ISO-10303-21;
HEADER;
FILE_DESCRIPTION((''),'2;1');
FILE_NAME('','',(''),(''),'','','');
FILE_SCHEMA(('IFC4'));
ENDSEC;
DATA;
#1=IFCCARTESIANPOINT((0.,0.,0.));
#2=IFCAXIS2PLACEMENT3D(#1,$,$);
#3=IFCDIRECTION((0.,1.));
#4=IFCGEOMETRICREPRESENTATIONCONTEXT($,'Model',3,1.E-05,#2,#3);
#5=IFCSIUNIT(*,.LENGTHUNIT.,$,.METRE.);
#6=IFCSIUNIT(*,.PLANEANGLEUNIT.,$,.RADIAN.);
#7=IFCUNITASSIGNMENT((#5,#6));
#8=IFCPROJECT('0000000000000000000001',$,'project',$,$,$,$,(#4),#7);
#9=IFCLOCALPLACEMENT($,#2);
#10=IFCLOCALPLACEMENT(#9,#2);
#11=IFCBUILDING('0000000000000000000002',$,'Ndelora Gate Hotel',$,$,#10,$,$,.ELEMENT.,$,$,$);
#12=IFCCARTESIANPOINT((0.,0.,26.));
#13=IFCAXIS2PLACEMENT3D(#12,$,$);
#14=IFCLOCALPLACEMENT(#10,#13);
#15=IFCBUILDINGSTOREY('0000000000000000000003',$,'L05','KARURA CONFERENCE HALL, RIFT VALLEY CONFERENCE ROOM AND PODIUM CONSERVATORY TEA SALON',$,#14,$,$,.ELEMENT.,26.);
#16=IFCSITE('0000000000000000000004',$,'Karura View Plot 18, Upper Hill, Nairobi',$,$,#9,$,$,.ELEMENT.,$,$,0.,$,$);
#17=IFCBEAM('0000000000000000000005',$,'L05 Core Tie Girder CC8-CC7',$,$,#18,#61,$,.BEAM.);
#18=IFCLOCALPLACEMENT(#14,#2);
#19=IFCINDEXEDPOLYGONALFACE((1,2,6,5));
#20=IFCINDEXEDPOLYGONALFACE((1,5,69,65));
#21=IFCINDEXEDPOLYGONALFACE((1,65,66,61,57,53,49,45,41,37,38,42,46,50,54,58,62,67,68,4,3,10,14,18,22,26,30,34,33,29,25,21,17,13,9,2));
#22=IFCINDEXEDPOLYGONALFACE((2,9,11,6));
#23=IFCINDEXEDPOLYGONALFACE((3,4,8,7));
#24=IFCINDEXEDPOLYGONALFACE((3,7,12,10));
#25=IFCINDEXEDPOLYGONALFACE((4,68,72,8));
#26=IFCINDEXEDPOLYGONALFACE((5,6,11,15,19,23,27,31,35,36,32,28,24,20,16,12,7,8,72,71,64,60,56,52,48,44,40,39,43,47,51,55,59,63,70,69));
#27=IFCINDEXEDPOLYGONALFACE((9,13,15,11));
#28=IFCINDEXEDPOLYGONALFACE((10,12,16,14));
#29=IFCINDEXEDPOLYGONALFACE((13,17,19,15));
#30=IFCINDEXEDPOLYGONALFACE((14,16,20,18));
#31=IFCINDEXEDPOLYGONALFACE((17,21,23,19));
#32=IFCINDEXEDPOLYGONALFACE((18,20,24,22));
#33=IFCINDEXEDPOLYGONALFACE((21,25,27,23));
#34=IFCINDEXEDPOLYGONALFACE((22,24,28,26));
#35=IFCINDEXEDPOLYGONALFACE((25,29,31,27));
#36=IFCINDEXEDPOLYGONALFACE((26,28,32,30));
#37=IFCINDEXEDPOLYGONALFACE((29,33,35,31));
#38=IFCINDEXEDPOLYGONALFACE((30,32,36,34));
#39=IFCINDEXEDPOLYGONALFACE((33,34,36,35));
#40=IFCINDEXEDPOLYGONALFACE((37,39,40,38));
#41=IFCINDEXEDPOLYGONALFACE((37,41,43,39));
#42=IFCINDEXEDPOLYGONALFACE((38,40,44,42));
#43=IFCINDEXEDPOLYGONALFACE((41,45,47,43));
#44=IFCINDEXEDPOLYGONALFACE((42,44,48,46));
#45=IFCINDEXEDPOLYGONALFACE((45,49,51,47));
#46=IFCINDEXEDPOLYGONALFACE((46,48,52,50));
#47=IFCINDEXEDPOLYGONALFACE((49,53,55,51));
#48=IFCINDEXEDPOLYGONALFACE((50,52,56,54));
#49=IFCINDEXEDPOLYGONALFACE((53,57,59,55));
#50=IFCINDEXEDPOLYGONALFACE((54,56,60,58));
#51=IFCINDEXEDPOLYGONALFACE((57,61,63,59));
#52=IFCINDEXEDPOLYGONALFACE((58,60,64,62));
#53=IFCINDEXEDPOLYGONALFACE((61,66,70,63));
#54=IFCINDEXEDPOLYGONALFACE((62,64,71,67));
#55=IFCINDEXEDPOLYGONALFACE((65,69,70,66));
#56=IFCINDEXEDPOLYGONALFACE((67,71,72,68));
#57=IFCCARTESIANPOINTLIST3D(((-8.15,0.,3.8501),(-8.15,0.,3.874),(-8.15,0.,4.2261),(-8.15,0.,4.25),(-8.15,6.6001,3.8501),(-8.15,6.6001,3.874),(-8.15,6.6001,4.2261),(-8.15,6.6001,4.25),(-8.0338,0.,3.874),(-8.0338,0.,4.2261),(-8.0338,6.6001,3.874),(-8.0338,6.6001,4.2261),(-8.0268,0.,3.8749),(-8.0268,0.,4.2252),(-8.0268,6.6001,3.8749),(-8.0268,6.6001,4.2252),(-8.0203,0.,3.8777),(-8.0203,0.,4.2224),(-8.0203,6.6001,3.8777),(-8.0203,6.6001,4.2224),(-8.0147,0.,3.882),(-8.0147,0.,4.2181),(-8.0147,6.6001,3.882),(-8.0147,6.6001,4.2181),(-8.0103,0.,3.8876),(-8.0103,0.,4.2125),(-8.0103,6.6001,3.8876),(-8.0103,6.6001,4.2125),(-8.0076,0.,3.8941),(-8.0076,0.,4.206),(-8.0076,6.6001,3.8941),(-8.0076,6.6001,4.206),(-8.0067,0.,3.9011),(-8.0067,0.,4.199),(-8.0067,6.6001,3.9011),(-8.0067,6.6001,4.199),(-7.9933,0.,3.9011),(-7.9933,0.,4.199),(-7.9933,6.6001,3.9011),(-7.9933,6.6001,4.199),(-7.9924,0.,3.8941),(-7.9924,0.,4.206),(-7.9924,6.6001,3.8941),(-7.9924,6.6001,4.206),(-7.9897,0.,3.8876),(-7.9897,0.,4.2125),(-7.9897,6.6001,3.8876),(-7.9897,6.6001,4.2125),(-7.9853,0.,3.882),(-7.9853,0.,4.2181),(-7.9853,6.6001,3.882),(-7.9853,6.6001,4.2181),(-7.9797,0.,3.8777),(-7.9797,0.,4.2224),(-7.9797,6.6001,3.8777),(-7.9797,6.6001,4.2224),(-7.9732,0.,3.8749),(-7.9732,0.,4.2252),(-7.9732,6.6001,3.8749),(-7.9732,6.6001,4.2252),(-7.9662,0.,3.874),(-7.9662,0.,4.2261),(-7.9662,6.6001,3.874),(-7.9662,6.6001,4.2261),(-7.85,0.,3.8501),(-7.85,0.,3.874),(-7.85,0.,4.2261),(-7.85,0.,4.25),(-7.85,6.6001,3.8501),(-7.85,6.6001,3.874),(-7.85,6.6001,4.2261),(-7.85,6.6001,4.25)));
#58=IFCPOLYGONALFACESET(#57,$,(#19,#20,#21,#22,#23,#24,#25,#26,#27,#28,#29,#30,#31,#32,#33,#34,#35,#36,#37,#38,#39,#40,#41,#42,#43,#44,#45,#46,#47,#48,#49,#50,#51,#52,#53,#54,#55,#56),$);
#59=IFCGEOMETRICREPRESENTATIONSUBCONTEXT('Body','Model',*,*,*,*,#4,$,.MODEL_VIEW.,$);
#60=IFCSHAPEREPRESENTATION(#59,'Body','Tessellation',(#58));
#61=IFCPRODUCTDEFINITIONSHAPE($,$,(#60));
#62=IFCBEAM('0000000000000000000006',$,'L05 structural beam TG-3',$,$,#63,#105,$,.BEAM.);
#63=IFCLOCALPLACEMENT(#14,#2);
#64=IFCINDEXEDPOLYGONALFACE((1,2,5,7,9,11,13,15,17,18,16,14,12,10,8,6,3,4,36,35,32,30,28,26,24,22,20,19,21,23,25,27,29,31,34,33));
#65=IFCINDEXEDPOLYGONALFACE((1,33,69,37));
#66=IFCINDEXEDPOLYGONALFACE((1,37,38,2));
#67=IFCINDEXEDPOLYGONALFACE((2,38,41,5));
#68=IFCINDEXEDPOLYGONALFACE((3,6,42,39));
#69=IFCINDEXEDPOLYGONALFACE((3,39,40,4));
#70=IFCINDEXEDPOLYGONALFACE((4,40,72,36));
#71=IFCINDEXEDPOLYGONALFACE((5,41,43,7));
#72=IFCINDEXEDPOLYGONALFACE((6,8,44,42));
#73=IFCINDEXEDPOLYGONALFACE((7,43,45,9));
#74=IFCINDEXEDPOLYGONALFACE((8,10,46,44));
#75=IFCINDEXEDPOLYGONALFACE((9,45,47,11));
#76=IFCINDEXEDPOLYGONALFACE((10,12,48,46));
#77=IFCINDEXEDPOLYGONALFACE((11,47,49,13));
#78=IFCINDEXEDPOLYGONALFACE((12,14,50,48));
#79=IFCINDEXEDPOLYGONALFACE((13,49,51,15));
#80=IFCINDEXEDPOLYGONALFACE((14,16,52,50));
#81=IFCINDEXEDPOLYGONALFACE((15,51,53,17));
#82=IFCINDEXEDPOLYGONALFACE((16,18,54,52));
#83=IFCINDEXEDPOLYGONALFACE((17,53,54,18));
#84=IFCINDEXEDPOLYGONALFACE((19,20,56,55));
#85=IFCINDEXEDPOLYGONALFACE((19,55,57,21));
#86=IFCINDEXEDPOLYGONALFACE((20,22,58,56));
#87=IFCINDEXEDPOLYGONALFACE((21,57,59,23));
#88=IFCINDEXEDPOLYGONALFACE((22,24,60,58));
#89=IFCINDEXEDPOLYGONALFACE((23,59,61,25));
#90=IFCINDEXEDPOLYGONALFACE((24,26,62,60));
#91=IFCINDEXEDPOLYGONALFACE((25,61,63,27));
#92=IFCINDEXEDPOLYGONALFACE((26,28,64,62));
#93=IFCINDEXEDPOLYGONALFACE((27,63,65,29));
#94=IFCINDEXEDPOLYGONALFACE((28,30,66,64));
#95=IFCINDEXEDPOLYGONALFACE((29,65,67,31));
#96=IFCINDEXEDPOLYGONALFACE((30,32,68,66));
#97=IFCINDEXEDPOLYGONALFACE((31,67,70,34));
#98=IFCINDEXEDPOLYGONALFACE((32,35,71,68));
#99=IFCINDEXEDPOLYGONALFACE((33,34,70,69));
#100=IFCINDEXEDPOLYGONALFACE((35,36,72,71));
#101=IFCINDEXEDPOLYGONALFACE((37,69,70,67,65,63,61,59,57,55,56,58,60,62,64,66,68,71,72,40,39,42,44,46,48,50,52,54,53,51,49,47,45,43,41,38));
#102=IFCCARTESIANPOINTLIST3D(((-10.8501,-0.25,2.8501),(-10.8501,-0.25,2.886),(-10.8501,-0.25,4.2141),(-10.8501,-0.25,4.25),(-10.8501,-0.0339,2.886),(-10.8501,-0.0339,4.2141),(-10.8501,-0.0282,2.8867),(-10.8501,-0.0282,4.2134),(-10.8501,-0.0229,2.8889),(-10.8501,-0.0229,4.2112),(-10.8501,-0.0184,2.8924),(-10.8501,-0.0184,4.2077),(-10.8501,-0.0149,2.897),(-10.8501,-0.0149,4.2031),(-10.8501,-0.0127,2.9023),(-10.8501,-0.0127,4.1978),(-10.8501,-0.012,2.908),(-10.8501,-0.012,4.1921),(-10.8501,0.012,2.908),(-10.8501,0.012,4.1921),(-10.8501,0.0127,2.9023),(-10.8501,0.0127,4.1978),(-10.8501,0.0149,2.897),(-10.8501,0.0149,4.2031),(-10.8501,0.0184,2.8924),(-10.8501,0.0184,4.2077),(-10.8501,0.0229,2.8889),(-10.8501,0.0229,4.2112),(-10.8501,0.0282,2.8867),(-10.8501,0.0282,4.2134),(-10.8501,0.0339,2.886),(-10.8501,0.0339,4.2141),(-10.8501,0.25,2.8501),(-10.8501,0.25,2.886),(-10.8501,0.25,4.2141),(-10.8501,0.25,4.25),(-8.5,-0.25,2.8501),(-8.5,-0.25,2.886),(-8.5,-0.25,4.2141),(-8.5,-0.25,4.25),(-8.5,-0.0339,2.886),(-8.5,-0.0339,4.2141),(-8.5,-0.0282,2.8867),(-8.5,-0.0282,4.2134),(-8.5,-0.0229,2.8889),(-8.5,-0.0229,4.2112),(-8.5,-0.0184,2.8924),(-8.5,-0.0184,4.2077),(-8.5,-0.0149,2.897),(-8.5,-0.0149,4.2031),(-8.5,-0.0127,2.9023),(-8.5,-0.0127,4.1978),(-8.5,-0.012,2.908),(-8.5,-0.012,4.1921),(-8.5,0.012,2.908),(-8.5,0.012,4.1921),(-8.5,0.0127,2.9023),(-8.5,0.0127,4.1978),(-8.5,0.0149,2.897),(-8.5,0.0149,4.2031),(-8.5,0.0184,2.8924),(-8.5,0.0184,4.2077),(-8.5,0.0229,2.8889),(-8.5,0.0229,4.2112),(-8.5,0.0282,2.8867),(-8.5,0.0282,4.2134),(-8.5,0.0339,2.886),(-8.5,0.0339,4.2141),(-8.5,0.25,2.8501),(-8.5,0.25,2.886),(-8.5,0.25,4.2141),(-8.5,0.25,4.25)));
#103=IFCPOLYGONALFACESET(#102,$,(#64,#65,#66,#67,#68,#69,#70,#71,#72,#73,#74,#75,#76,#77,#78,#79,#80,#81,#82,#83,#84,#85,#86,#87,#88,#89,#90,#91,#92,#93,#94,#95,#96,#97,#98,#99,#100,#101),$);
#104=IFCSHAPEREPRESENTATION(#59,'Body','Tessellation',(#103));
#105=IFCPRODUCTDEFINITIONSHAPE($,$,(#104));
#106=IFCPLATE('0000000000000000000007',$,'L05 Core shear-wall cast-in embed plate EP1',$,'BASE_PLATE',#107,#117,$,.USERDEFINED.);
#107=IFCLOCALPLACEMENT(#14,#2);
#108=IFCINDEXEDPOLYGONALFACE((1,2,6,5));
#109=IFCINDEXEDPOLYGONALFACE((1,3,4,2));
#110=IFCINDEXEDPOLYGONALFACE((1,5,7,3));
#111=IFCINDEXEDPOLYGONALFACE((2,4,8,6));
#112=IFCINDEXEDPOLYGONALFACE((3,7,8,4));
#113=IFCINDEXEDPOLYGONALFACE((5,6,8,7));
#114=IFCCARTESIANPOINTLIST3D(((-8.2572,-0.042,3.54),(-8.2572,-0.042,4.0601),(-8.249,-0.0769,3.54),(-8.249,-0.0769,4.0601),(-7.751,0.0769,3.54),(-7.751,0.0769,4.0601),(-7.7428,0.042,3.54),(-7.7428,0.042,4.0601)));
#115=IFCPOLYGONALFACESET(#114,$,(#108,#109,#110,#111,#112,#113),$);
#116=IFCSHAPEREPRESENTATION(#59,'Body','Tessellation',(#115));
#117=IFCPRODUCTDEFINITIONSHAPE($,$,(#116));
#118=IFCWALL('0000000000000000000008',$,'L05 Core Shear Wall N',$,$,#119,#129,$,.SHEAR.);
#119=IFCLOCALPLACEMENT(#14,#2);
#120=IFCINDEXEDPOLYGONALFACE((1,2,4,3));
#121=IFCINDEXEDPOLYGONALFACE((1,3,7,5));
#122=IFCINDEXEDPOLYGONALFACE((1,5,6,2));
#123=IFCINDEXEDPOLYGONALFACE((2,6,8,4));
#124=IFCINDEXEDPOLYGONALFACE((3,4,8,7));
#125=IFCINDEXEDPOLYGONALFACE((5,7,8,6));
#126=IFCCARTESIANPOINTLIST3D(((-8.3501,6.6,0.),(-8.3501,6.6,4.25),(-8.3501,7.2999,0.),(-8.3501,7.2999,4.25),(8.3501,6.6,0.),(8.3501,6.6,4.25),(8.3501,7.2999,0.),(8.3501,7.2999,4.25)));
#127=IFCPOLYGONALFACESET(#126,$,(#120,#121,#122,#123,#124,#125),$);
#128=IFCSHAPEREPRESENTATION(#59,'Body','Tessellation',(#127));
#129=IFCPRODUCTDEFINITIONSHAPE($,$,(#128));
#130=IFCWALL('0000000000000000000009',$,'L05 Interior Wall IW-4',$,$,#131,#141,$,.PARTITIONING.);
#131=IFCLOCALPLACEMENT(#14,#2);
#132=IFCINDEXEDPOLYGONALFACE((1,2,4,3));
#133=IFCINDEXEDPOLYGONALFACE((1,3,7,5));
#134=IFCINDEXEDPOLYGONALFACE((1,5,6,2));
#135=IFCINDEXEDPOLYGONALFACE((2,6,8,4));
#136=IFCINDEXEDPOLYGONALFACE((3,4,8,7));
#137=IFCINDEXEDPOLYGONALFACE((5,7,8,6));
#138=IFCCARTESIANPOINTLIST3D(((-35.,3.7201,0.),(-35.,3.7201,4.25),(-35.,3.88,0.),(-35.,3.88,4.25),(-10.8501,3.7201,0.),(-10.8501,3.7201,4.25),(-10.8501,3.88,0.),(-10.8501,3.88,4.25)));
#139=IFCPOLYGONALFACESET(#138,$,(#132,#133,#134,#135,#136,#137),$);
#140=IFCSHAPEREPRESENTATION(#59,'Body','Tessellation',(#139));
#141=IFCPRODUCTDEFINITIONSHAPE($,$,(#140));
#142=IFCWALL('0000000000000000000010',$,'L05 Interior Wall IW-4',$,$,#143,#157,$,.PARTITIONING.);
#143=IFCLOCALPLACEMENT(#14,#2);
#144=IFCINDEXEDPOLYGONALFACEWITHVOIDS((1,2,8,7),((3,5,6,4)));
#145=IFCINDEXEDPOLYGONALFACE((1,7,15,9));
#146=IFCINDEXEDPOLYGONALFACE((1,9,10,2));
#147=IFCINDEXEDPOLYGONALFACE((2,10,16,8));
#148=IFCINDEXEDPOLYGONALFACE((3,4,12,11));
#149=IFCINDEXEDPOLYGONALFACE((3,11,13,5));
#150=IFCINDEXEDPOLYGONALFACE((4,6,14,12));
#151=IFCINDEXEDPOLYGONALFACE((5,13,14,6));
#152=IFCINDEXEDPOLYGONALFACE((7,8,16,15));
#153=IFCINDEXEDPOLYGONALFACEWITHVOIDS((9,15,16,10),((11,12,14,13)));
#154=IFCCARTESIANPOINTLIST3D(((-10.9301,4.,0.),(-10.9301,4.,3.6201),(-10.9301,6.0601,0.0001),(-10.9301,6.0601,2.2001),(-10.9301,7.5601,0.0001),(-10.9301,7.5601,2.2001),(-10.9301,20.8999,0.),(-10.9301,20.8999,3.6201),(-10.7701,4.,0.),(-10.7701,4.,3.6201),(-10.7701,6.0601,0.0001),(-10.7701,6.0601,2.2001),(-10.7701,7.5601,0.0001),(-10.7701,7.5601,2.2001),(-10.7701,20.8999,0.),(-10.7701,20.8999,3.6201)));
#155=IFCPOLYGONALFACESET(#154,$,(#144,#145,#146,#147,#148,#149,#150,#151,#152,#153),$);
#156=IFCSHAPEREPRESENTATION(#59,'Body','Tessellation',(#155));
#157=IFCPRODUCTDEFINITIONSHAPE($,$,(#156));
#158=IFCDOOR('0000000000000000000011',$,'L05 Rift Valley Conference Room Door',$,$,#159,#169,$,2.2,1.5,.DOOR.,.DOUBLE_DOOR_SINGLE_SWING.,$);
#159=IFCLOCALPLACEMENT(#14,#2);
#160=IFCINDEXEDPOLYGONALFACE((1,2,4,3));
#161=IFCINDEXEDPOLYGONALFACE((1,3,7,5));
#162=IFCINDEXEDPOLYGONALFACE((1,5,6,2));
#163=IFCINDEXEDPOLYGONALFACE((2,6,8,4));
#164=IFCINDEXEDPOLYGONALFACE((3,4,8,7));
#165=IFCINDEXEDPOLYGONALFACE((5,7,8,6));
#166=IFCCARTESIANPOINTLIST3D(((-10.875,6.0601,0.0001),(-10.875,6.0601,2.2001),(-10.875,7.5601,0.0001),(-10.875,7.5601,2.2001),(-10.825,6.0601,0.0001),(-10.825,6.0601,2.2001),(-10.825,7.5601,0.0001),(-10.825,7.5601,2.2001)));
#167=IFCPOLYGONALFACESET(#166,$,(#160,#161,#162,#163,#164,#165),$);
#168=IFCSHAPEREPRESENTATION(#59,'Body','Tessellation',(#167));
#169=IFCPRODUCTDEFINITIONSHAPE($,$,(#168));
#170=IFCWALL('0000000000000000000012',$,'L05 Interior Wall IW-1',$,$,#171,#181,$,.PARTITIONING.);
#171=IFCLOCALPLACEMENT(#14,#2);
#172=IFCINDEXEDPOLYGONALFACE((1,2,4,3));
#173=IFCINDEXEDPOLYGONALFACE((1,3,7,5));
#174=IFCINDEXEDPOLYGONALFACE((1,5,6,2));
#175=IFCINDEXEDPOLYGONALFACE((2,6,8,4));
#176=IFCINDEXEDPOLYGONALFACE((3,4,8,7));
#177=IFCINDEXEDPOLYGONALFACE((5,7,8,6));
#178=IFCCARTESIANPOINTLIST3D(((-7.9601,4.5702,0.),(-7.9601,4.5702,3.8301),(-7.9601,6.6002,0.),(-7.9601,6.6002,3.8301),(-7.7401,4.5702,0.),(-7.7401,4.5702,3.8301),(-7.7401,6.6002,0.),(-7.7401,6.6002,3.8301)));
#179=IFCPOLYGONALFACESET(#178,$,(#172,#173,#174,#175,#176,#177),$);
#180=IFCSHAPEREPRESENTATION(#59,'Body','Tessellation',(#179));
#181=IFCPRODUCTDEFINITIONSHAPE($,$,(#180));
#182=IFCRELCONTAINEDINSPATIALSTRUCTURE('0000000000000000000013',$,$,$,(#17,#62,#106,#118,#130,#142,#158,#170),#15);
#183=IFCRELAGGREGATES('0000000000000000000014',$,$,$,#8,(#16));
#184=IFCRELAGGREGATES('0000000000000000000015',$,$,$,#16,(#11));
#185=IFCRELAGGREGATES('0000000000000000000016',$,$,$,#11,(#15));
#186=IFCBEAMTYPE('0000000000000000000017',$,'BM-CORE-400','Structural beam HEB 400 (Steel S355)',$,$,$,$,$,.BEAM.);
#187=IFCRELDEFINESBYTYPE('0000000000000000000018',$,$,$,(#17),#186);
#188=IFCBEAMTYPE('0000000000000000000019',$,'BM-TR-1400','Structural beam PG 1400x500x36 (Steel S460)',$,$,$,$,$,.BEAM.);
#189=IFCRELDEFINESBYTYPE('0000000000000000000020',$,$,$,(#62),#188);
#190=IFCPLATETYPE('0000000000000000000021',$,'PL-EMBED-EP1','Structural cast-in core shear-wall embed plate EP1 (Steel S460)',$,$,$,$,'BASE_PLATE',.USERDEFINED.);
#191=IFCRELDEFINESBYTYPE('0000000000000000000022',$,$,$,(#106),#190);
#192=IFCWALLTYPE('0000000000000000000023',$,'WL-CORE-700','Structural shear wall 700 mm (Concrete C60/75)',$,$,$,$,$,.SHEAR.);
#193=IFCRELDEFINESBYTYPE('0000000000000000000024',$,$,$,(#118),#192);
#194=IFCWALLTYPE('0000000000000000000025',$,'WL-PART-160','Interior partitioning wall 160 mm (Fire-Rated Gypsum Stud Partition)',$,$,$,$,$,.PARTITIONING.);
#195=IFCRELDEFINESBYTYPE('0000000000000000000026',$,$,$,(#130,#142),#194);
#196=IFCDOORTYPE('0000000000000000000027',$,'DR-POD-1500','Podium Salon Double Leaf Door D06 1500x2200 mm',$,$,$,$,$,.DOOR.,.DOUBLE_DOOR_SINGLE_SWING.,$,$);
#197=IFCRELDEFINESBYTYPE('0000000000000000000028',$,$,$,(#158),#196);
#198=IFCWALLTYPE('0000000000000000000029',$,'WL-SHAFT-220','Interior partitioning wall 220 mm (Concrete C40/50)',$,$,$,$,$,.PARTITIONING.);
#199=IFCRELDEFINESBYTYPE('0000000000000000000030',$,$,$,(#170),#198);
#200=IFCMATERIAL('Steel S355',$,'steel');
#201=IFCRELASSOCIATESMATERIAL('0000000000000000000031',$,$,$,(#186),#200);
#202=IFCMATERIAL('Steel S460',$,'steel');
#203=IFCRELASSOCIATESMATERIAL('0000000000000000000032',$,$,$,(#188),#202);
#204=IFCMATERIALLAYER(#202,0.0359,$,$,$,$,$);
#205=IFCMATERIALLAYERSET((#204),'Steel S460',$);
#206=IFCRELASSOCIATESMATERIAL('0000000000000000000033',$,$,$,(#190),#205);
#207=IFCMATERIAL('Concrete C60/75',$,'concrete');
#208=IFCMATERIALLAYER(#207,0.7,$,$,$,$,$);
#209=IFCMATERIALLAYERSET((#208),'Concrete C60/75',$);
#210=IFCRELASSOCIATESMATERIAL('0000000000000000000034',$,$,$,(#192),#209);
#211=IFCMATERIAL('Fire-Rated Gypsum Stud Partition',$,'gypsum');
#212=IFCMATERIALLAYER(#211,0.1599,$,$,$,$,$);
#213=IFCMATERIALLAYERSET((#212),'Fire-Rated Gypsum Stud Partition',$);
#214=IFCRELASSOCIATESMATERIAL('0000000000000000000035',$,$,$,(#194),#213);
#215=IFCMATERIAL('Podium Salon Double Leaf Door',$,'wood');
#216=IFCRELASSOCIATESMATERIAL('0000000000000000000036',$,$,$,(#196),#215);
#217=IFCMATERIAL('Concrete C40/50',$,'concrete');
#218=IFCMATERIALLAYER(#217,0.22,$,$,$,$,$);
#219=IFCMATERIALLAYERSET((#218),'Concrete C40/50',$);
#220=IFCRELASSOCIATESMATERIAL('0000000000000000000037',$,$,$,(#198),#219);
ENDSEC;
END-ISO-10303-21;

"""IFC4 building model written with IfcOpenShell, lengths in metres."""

from ifc_helpers import new_model, si_unit, direction, frame, frame_2d, origin, origin_2d, place, context, subcontext, project, spatial, rectangle, i_section, extrude, material, layer, layer_set, material_profile, profile_set, type_object, element, fill, save


model = new_model("IFC4")

# Units and contexts
model_context = context("Model", 3, precision=1e-05, world=origin(), true_north=direction((0.0, 1.0)))
body_context = subcontext(model_context, "Body", "Model", "MODEL_VIEW")
ifc_project = project(units=[si_unit("LENGTHUNIT", "METRE"), si_unit("PLANEANGLEUNIT", "RADIAN")], contexts=[model_context])

# Site, building, storey
site_placement = place(None, origin())
site = spatial("IfcSite", under=ifc_project, at=site_placement, Name="Karura View Plot 18, Upper Hill, Nairobi", CompositionType="ELEMENT", RefElevation=0.0)
building_placement = place(site_placement, origin())
building = spatial("IfcBuilding", under=site, at=building_placement, Name="Ndelora Gate Hotel", CompositionType="ELEMENT")
storey_placement = place(building_placement, frame((0.0, 0.0, 26.0)))
storey = spatial("IfcBuildingStorey", under=building, at=storey_placement, Name="L05", Description="KARURA CONFERENCE HALL, RIFT VALLEY CONFERENCE ROOM AND PODIUM CONSERVATORY TEA SALON", CompositionType="ELEMENT", Elevation=26.0)

# Shared definitions
ifc_material_1 = material(Name="Concrete C60/75", Category="concrete")

# Beams
ifc_material_2 = material(Name="Steel S460", Category="steel")
ifc_material_3 = material(Name="Steel S355", Category="steel")
ifc_material_profile_1 = material_profile(ifc_material_3, i_section(OverallWidth=0.3, OverallDepth=0.3999, WebThickness=0.0134, FlangeThickness=0.0239, FilletRadius=0.0271, at=origin_2d()), Name="HEB 400")
ifc_profile_set_1 = profile_set([ifc_material_profile_1], Name="Steel S355")
beam_type_1 = type_object("IfcBeamType", Name="BM-CORE-400", Description="Structural beam HEB 400 (Steel S355)", PredefinedType="BEAM", material=ifc_profile_set_1)
beam_1_placement = place(storey_placement, frame((-8.0, 0.0, 4.05), z_axis=(0.0, 1.0, 0.0), x_axis=(-1.0, 0.0, 0.0)))
element("IfcBeam", 1, at=beam_1_placement, inside=storey, type_object=beam_type_1, Name="L05 Core Tie Girder CC8-CC7", PredefinedType="BEAM", context=body_context, shape_type="SweptSolid", body=[
    extrude(i_section(OverallWidth=0.3, OverallDepth=0.3999, WebThickness=0.0134, FlangeThickness=0.0239, FilletRadius=0.0271, at=origin_2d()), origin(), (0.0, 0.0, 1.0), 6.6001),
])
ifc_material_profile_2 = material_profile(ifc_material_2, i_section(OverallWidth=0.5, OverallDepth=1.3999, WebThickness=0.0239, FlangeThickness=0.0359, FilletRadius=0.022, at=origin_2d()), Name="PG 1400x500x36")
ifc_profile_set_2 = profile_set([ifc_material_profile_2], Name="Steel S460")
beam_type_2 = type_object("IfcBeamType", Name="BM-TR-1400", Description="Structural beam PG 1400x500x36 (Steel S460)", PredefinedType="BEAM", material=ifc_profile_set_2)
beam_2_placement = place(storey_placement, frame((-10.8501, 0.0, 3.55), z_axis=(1.0, 0.0, 0.0), x_axis=(0.0, 1.0, 0.0)))
element("IfcBeam", 2, at=beam_2_placement, inside=storey, type_object=beam_type_2, Name="L05 structural beam TG-3", PredefinedType="BEAM", context=body_context, shape_type="SweptSolid", body=[
    extrude(i_section(OverallWidth=0.5, OverallDepth=1.3999, WebThickness=0.0239, FlangeThickness=0.0359, FilletRadius=0.022, at=origin_2d()), origin(), (0.0, 0.0, 1.0), 2.3501),
])

# Plate
ifc_layer_1 = layer(ifc_material_2, 0.0359)
ifc_layer_set_1 = layer_set([ifc_layer_1], Name="Steel S460")
plate_type = type_object("IfcPlateType", Name="PL-EMBED-EP1", Description="Structural cast-in core shear-wall embed plate EP1 (Steel S460)", ElementType="BASE_PLATE", PredefinedType="USERDEFINED", material=ifc_layer_set_1)
plate_placement = place(storey_placement, frame((-8.0, 0.0, 3.54), z_axis=(0.0, 0.0, 1.0), x_axis=(0.973499, 0.228691, 0.0)))
element("IfcPlate", 3, at=plate_placement, inside=storey, type_object=plate_type, Name="L05 Core shear-wall cast-in embed plate EP1", ObjectType="BASE_PLATE", PredefinedType="USERDEFINED", context=body_context, shape_type="SweptSolid", body=[
    extrude(rectangle(XDim=0.52, YDim=0.0359, at=origin_2d()), origin(), (0.0, 0.0, 1.0), 0.52),
])

# Wall
ifc_layer_2 = layer(ifc_material_1, 0.7)
ifc_layer_set_2 = layer_set([ifc_layer_2], Name="Concrete C60/75")
wall_type_1 = type_object("IfcWallType", Name="WL-CORE-700", Description="Structural shear wall 700 mm (Concrete C60/75)", PredefinedType="SHEAR", material=ifc_layer_set_2)
wall_1_placement = place(storey_placement, frame((-8.3501, 6.95, 0.0), z_axis=(0.0, 0.0, 1.0), x_axis=(1.0, 0.0, 0.0)))
element("IfcWall", 4, at=wall_1_placement, inside=storey, type_object=wall_type_1, Name="L05 Core Shear Wall N", PredefinedType="SHEAR", context=body_context, shape_type="SweptSolid", body=[
    extrude(rectangle(XDim=16.7002, YDim=0.7, at=frame_2d((8.3501, 0.0))), origin(), (0.0, 0.0, 1.0), 4.25),
])

# Shared definitions
ifc_material_4 = material(Name="Concrete C40/50", Category="concrete")

# Wall
ifc_material_5 = material(Name="Fire-Rated Gypsum Stud Partition", Category="gypsum")
ifc_layer_3 = layer(ifc_material_5, 0.1599)
ifc_layer_set_3 = layer_set([ifc_layer_3], Name="Fire-Rated Gypsum Stud Partition")
wall_type_2 = type_object("IfcWallType", Name="WL-PART-160", Description="Interior partitioning wall 160 mm (Fire-Rated Gypsum Stud Partition)", PredefinedType="PARTITIONING", material=ifc_layer_set_3)
wall_2_placement = place(storey_placement, frame((-10.8501, 3.8, 0.0), z_axis=(0.0, 0.0, 1.0), x_axis=(-1.0, 0.0, 0.0)))
element("IfcWall", 5, at=wall_2_placement, inside=storey, type_object=wall_type_2, Name="L05 Interior Wall IW-4", PredefinedType="PARTITIONING", context=body_context, shape_type="SweptSolid", body=[
    extrude(rectangle(XDim=24.1499, YDim=0.1599, at=frame_2d((12.075, 0.0))), origin(), (0.0, 0.0, 1.0), 4.25),
])

# Wall, opening, door
wall_3_placement = place(storey_placement, frame((-10.8501, 4.0, 0.0), z_axis=(0.0, 0.0, 1.0), x_axis=(0.0, 1.0, 0.0)))
wall_3 = element("IfcWall", 6, at=wall_3_placement, inside=storey, type_object=wall_type_2, Name="L05 Interior Wall IW-4", PredefinedType="PARTITIONING", context=body_context, shape_type="SweptSolid", body=[
    extrude(rectangle(XDim=16.8999, YDim=0.1599, at=frame_2d((8.45, 0.0))), origin(), (0.0, 0.0, 1.0), 3.6201),
])
opening_1_placement = place(wall_3_placement, frame((2.0601, 0.0, 0.0)))
opening_1 = element("IfcOpeningElement", 7, at=opening_1_placement, cuts=wall_3, PredefinedType="OPENING", context=body_context, shape_type="SweptSolid", body=[
    extrude(rectangle(XDim=1.5, YDim=2.2, at=frame_2d((0.75, 1.1001))), frame((0.0, 0.0898, 0.0), z_axis=(0.0, -1.0, 0.0), x_axis=(1.0, 0.0, 0.0)), (0.0, 0.0, 1.0), 0.1799),
])
ifc_material_6 = material(Name="Podium Salon Double Leaf Door", Category="wood")
door_type_1 = type_object("IfcDoorType", Name="DR-POD-1500", Description="Podium Salon Double Leaf Door D06 1500x2200 mm", OperationType="DOUBLE_DOOR_SINGLE_SWING", PredefinedType="DOOR", material=ifc_material_6)
door_1_placement = place(opening_1_placement, origin())
door_1 = element("IfcDoor", 8, at=door_1_placement, inside=storey, type_object=door_type_1, Name="L05 Rift Valley Conference Room Door", OperationType="DOUBLE_DOOR_SINGLE_SWING", OverallHeight=2.2, OverallWidth=1.5, PredefinedType="DOOR", context=body_context, shape_type="SweptSolid", body=[
    extrude(rectangle(XDim=1.5, YDim=2.2, at=frame_2d((0.75, 1.1001))), frame((0.0, 0.0249, 0.0), z_axis=(0.0, -1.0, 0.0), x_axis=(1.0, 0.0, 0.0)), (0.0, 0.0, 1.0), 0.05),
])
fill(opening_1, door_1)
ifc_layer_4 = layer(ifc_material_4, 0.22)
ifc_layer_set_4 = layer_set([ifc_layer_4], Name="Concrete C40/50")
wall_type_3 = type_object("IfcWallType", Name="WL-SHAFT-220", Description="Interior partitioning wall 220 mm (Concrete C40/50)", PredefinedType="PARTITIONING", material=ifc_layer_set_4)

# Wall
wall_4_placement = place(storey_placement, frame((-7.8501, 4.5701, 0.0), z_axis=(0.0, 0.0, 1.0), x_axis=(0.0, 1.0, 0.0)))
element("IfcWall", 9, at=wall_4_placement, inside=storey, type_object=wall_type_3, Name="L05 Interior Wall IW-1", PredefinedType="PARTITIONING", context=body_context, shape_type="SweptSolid", body=[
    extrude(rectangle(XDim=2.03, YDim=0.22, at=frame_2d((1.0151, 0.0))), origin(), (0.0, 0.0, 1.0), 3.8301),
])

save(model, "model.ifc")
